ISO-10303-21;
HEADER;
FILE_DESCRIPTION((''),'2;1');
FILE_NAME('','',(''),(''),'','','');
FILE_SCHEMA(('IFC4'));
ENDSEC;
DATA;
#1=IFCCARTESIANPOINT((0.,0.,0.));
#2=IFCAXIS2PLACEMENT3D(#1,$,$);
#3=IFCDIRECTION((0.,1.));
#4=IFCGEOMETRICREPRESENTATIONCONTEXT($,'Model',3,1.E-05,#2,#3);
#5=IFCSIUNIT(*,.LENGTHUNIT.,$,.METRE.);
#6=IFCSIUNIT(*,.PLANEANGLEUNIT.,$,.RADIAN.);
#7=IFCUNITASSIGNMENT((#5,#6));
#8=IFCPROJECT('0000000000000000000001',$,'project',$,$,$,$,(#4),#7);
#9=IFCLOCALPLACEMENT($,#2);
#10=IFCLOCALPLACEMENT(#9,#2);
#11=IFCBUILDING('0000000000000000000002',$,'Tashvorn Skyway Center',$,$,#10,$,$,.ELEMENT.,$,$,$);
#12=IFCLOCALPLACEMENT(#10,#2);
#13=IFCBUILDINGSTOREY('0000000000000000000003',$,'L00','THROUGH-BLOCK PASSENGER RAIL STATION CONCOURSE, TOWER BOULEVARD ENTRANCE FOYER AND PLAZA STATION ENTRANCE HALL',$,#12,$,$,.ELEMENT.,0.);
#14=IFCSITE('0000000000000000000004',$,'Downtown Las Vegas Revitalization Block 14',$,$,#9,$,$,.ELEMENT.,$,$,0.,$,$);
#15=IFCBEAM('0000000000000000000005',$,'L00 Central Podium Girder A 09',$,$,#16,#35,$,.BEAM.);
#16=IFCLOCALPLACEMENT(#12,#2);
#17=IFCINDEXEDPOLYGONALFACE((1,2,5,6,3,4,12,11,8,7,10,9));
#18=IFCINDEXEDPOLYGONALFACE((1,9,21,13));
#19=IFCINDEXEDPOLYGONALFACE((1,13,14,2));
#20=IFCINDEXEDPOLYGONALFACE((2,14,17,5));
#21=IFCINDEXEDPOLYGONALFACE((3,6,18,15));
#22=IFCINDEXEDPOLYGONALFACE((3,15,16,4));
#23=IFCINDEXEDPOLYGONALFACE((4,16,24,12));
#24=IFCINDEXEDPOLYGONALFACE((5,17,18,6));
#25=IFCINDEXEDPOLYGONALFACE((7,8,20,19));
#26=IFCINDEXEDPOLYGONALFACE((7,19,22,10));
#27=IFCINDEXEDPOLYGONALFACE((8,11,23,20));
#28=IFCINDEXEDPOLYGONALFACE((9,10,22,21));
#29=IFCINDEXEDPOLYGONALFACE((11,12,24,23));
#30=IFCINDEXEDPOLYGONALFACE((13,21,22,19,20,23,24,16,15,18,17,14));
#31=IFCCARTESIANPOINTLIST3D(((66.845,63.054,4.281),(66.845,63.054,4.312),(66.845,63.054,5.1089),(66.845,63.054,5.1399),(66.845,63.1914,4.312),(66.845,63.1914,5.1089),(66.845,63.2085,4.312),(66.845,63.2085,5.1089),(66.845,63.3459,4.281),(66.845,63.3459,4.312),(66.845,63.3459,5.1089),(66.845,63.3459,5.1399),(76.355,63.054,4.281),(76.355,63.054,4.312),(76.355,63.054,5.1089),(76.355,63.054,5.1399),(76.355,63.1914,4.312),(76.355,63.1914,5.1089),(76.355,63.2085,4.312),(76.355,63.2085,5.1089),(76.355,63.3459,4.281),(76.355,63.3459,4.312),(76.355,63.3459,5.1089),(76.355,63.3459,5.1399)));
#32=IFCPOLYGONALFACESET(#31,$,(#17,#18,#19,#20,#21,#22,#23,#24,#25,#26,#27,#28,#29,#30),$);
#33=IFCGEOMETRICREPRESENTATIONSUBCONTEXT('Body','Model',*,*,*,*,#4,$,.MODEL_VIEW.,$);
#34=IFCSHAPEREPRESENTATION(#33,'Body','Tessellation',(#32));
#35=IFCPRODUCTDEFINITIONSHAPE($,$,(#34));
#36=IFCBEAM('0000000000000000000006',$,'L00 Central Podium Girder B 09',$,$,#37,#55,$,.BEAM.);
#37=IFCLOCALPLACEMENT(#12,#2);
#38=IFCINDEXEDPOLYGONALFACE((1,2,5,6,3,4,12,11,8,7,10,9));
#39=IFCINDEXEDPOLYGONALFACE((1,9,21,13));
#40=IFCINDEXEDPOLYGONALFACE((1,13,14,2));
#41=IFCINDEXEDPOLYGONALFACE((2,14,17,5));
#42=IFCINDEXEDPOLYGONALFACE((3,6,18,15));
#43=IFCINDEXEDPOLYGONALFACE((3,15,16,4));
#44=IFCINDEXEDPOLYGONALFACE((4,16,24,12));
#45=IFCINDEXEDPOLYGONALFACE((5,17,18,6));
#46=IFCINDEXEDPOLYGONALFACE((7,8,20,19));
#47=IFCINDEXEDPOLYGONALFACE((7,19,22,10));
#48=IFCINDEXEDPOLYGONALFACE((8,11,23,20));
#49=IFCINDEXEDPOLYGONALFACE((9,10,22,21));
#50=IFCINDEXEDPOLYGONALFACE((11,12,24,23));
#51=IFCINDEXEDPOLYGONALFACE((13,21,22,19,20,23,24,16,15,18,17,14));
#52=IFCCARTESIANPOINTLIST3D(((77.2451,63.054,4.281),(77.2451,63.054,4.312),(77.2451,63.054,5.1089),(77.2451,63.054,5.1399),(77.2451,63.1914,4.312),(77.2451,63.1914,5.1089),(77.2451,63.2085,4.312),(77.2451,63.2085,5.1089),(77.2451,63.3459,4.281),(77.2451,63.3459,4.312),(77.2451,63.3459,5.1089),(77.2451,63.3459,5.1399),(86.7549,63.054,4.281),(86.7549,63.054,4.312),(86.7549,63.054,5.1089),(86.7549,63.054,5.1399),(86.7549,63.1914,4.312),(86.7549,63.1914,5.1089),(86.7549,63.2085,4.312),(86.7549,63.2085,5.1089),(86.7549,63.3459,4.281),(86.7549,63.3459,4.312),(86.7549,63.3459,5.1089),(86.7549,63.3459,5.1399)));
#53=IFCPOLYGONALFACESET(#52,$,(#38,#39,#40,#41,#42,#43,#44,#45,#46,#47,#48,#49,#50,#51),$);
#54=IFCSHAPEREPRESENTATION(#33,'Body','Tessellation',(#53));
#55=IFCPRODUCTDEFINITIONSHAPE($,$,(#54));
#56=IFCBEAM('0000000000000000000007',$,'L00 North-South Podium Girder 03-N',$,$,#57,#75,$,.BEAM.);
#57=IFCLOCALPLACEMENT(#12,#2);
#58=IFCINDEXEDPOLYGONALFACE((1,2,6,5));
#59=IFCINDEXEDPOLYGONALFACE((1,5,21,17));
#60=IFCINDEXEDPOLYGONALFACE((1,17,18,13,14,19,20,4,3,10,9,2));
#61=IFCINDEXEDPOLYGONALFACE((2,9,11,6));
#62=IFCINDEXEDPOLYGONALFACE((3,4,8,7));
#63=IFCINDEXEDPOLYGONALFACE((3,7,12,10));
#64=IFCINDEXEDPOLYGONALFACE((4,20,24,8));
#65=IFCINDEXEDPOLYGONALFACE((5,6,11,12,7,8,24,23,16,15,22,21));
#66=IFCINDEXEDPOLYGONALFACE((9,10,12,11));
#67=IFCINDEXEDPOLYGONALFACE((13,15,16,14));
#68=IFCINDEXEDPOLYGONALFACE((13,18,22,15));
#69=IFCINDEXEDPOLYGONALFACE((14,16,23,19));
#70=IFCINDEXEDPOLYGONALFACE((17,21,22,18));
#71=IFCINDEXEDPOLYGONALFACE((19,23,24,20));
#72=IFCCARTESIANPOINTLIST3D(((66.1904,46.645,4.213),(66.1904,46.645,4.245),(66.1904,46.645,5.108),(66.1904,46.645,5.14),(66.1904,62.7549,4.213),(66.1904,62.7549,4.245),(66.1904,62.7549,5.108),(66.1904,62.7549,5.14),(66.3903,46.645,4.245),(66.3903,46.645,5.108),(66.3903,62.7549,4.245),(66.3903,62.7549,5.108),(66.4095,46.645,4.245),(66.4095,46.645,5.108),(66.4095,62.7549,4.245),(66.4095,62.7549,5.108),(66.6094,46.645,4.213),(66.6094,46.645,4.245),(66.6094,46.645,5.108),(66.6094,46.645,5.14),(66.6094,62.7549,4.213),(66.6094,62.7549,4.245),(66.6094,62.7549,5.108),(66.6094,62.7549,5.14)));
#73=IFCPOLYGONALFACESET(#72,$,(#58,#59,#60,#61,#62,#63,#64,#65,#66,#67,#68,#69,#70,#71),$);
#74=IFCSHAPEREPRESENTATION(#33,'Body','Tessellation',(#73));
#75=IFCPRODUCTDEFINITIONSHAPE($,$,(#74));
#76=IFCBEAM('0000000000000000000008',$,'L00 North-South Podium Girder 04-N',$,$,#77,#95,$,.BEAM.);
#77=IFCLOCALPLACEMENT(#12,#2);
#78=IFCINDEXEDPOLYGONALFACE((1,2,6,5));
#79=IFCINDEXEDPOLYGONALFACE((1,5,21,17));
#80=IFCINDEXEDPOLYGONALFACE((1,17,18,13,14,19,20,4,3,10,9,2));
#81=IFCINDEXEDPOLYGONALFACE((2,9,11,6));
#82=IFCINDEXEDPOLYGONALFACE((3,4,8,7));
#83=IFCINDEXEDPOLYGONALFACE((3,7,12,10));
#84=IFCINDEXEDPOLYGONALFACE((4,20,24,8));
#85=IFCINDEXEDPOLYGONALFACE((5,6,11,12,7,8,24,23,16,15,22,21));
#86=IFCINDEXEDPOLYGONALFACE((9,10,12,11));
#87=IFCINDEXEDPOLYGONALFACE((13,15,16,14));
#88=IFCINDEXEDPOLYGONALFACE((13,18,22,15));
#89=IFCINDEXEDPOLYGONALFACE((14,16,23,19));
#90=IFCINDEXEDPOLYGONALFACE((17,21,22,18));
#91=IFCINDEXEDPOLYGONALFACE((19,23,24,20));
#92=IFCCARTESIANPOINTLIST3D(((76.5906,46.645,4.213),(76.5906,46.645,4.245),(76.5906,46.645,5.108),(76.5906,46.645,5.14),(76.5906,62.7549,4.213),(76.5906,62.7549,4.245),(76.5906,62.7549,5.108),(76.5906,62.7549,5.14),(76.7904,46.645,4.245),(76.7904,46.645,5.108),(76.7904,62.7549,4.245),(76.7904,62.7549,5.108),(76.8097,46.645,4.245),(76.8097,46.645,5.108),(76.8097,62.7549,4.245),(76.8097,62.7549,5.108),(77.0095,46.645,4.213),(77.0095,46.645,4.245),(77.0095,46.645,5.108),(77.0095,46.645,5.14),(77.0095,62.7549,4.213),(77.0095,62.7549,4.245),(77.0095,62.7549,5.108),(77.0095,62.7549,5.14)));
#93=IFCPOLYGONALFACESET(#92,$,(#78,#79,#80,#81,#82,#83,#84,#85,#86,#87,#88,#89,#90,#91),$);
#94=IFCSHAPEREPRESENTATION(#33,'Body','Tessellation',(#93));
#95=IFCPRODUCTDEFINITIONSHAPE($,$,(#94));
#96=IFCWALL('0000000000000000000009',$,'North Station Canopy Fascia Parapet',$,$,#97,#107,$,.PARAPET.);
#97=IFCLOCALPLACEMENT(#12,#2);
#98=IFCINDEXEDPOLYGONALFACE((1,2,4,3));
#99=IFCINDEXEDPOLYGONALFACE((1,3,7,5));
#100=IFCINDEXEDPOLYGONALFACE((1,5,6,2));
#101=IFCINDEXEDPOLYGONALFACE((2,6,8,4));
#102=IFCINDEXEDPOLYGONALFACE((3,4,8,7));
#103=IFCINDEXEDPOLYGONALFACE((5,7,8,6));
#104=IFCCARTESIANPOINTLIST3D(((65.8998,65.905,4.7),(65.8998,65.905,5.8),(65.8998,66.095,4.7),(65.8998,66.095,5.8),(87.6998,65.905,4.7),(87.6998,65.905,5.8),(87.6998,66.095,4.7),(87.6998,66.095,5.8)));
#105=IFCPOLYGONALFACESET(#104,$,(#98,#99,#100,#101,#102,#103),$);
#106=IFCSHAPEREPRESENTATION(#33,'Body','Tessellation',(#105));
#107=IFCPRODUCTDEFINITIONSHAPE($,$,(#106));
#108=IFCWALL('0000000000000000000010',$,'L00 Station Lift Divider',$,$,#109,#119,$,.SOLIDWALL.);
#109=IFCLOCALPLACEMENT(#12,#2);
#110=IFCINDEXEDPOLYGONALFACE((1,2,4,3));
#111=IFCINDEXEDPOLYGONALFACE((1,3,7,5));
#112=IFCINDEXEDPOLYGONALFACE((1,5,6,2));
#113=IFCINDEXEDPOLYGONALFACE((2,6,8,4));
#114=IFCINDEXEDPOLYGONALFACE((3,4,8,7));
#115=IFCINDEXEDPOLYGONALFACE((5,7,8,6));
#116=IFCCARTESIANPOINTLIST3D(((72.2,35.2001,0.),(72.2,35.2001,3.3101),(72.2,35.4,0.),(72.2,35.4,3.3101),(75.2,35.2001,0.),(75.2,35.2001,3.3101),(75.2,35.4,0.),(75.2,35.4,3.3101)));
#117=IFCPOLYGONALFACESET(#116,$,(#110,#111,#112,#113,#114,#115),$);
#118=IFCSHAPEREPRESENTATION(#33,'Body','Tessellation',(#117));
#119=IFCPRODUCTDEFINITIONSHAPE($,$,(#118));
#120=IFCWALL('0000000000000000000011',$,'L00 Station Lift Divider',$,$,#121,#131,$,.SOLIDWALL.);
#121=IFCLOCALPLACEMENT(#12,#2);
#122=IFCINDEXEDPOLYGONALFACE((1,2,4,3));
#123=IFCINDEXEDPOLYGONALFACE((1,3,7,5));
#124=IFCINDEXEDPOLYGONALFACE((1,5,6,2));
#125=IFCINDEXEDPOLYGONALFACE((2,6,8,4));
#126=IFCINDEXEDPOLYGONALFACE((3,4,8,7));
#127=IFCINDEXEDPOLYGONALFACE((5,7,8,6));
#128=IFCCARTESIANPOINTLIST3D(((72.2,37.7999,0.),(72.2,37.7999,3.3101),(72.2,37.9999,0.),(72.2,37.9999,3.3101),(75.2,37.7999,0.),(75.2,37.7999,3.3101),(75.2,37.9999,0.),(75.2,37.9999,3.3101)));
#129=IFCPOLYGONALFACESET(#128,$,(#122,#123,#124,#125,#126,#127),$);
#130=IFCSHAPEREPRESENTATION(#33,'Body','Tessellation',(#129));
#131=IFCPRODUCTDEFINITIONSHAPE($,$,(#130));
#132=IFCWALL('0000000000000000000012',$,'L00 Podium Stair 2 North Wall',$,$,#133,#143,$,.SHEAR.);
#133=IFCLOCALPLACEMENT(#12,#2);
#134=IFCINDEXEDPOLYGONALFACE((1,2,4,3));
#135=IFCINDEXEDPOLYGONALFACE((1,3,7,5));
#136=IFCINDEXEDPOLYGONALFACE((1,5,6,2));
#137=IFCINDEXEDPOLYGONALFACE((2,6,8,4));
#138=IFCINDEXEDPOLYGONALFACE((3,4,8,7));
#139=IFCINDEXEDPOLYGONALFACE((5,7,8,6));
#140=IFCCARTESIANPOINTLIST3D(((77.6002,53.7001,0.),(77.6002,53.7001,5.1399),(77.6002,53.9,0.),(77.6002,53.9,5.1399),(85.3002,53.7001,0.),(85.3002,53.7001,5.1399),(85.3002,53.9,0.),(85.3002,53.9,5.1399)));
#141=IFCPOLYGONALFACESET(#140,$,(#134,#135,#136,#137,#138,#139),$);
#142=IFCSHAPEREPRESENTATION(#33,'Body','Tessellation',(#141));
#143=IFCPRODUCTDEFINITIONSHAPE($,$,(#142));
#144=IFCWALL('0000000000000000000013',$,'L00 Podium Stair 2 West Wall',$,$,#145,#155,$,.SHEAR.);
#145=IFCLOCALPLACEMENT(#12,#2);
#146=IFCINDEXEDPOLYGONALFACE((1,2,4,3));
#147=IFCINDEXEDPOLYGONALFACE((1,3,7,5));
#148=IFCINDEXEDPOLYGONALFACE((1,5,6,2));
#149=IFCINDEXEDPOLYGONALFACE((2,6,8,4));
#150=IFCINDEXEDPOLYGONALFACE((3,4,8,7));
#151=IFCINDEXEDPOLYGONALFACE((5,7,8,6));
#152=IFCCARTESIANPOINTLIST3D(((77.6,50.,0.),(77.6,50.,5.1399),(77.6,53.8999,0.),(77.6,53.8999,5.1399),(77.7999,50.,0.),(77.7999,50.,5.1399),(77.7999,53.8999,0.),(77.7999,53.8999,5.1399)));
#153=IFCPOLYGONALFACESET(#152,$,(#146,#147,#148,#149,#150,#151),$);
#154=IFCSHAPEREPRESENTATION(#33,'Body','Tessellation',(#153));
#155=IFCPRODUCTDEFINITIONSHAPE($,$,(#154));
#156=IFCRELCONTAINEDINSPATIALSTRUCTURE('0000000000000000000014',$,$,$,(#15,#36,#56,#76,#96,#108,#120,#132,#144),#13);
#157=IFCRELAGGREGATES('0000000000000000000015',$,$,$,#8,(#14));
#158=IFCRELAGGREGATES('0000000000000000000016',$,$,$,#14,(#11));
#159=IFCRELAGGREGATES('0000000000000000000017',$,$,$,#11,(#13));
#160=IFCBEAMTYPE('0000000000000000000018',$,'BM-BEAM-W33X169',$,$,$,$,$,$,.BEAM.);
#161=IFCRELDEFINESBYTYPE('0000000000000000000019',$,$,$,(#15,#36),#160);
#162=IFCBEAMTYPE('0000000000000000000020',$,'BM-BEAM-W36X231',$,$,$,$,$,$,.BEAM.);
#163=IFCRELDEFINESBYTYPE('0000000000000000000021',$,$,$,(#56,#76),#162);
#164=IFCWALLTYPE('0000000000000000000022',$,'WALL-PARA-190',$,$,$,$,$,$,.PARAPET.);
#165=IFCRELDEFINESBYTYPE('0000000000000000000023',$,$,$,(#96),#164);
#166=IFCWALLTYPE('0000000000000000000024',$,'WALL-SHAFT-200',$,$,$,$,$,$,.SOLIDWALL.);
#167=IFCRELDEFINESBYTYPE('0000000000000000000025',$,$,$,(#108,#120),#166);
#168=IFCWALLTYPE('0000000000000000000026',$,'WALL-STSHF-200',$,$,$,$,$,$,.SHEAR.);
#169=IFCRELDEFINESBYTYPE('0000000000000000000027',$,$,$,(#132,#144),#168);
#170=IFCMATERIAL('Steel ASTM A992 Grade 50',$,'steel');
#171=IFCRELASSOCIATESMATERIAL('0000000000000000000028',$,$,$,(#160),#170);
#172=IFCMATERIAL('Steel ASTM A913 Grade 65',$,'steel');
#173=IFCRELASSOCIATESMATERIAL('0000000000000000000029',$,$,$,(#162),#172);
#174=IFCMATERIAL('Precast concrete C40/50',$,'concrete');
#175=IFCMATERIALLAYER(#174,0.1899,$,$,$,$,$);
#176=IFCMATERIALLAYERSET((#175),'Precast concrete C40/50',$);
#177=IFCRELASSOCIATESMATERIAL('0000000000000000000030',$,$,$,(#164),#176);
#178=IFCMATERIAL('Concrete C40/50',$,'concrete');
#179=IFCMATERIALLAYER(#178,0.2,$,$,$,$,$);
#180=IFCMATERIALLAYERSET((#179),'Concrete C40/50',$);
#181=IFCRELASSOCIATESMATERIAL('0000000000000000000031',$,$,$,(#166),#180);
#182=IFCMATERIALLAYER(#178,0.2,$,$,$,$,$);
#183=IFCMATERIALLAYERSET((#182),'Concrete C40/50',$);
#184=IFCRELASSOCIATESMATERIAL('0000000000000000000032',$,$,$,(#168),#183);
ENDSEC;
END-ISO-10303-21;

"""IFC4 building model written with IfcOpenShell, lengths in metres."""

from ifc_helpers import new_model, si_unit, direction, frame, frame_2d, origin, origin_2d, place, context, subcontext, project, spatial, rectangle, i_section, extrude, material, layer, layer_set, material_profile, profile_set, type_object, element, save


model = new_model("IFC4")

# Units and contexts
model_context = context("Model", 3, precision=1e-05, world=origin(), true_north=direction((0.0, 1.0)))
body_context = subcontext(model_context, "Body", "Model", "MODEL_VIEW")
ifc_project = project(units=[si_unit("LENGTHUNIT", "METRE"), si_unit("PLANEANGLEUNIT", "RADIAN")], contexts=[model_context])

# Site, building, storey
site_placement = place(None, origin())
site = spatial("IfcSite", under=ifc_project, at=site_placement, Name="Downtown Las Vegas Revitalization Block 14", CompositionType="ELEMENT", RefElevation=0.0)
building_placement = place(site_placement, origin())
building = spatial("IfcBuilding", under=site, at=building_placement, Name="Tashvorn Skyway Center", CompositionType="ELEMENT")
storey_placement = place(building_placement, origin())
storey = spatial("IfcBuildingStorey", under=building, at=storey_placement, Name="L00", Description="THROUGH-BLOCK PASSENGER RAIL STATION CONCOURSE, TOWER BOULEVARD ENTRANCE FOYER AND PLAZA STATION ENTRANCE HALL", CompositionType="ELEMENT", Elevation=0.0)

# Beams
ifc_material_1 = material(Name="Steel ASTM A992 Grade 50", Category="steel")
ifc_material_profile_1 = material_profile(ifc_material_1, i_section(OverallWidth=0.292, OverallDepth=0.8589, WebThickness=0.0171, FlangeThickness=0.031, at=origin_2d()), Name="W33X169")
ifc_profile_set_1 = profile_set([ifc_material_profile_1], Name="Steel ASTM A992 Grade 50")
beam_type_1 = type_object("IfcBeamType", Name="BM-BEAM-W33X169", PredefinedType="BEAM", material=ifc_profile_set_1)
beam_1_placement = place(storey_placement, frame((66.845, 63.2, 4.7104), z_axis=(1.0, 0.0, 0.0), x_axis=(0.0, 1.0, 0.0)))
element("IfcBeam", 1, at=beam_1_placement, inside=storey, type_object=beam_type_1, Name="L00 Central Podium Girder A 09", PredefinedType="BEAM", context=body_context, shape_type="SweptSolid", body=[
    extrude(i_section(OverallWidth=0.292, OverallDepth=0.8589, WebThickness=0.0171, FlangeThickness=0.031, at=origin_2d()), origin(), (0.0, 0.0, 1.0), 9.51),
])
beam_2_placement = place(storey_placement, frame((77.2451, 63.2, 4.7104), z_axis=(1.0, 0.0, 0.0), x_axis=(0.0, 1.0, 0.0)))
element("IfcBeam", 2, at=beam_2_placement, inside=storey, type_object=beam_type_1, Name="L00 Central Podium Girder B 09", PredefinedType="BEAM", context=body_context, shape_type="SweptSolid", body=[
    extrude(i_section(OverallWidth=0.292, OverallDepth=0.8589, WebThickness=0.0171, FlangeThickness=0.031, at=origin_2d()), origin(), (0.0, 0.0, 1.0), 9.5098),
])
ifc_material_2 = material(Name="Steel ASTM A913 Grade 65", Category="steel")
ifc_material_profile_2 = material_profile(ifc_material_2, i_section(OverallWidth=0.4189, OverallDepth=0.927, WebThickness=0.0193, FlangeThickness=0.032, at=origin_2d()), Name="W36X231")
ifc_profile_set_2 = profile_set([ifc_material_profile_2], Name="Steel ASTM A913 Grade 65")
beam_type_2 = type_object("IfcBeamType", Name="BM-BEAM-W36X231", PredefinedType="BEAM", material=ifc_profile_set_2)
for number, where, z_axis, x_axis, name in (
    (3, (66.3999, 46.645, 4.6765), (0.0, 1.0, 0.0), (-1.0, 0.0, 0.0), "L00 North-South Podium Girder 03-N"),
    (4, (76.8, 46.645, 4.6765), (0.0, 1.0, 0.0), (-1.0, 0.0, 0.0), "L00 North-South Podium Girder 04-N"),
):
    element("IfcBeam", number, at=place(storey_placement, frame(where, z_axis=z_axis, x_axis=x_axis)), inside=storey, type_object=beam_type_2, Name=name, PredefinedType="BEAM", context=body_context, shape_type="SweptSolid", body=[
        extrude(i_section(OverallWidth=0.4189, OverallDepth=0.927, WebThickness=0.0193, FlangeThickness=0.032, at=origin_2d()), origin(), (0.0, 0.0, 1.0), 16.1099),
    ])

# Walls
ifc_material_3 = material(Name="Precast concrete C40/50", Category="concrete")
ifc_layer_1 = layer(ifc_material_3, 0.1899)
ifc_layer_set_1 = layer_set([ifc_layer_1], Name="Precast concrete C40/50")
wall_type_1 = type_object("IfcWallType", Name="WALL-PARA-190", PredefinedType="PARAPET", material=ifc_layer_set_1)
wall_1_placement = place(storey_placement, frame((65.8999, 66.0, 4.7), z_axis=(0.0, 0.0, 1.0), x_axis=(1.0, 0.0, 0.0)))
element("IfcWall", 5, at=wall_1_placement, inside=storey, type_object=wall_type_1, Name="North Station Canopy Fascia Parapet", PredefinedType="PARAPET", context=body_context, shape_type="SweptSolid", body=[
    extrude(rectangle(XDim=21.8, YDim=0.1899, at=frame_2d((10.8999, 0.0))), origin(), (0.0, 0.0, 1.0), 1.1001),
])
ifc_material_4 = material(Name="Concrete C40/50", Category="concrete")
ifc_layer_2 = layer(ifc_material_4, 0.2)
ifc_layer_set_2 = layer_set([ifc_layer_2], Name="Concrete C40/50")
wall_type_2 = type_object("IfcWallType", Name="WALL-SHAFT-200", PredefinedType="SOLIDWALL", material=ifc_layer_set_2)
for number, where, z_axis, x_axis, name in (
    (6, (72.2, 35.3, 0.0), (0.0, 0.0, 1.0), (1.0, 0.0, 0.0), "L00 Station Lift Divider"),
    (7, (72.2, 37.8999, 0.0), (0.0, 0.0, 1.0), (1.0, 0.0, 0.0), "L00 Station Lift Divider"),
):
    element("IfcWall", number, at=place(storey_placement, frame(where, z_axis=z_axis, x_axis=x_axis)), inside=storey, type_object=wall_type_2, Name=name, PredefinedType="SOLIDWALL", context=body_context, shape_type="SweptSolid", body=[
        extrude(rectangle(XDim=3.0, YDim=0.2, at=frame_2d((1.5, 0.0))), origin(), (0.0, 0.0, 1.0), 3.3101),
    ])
ifc_layer_3 = layer(ifc_material_4, 0.2)
ifc_layer_set_3 = layer_set([ifc_layer_3], Name="Concrete C40/50")
wall_type_3 = type_object("IfcWallType", Name="WALL-STSHF-200", PredefinedType="SHEAR", material=ifc_layer_set_3)
wall_2_placement = place(storey_placement, frame((77.6001, 53.8, 0.0), z_axis=(0.0, 0.0, 1.0), x_axis=(1.0, 0.0, 0.0)))
element("IfcWall", 8, at=wall_2_placement, inside=storey, type_object=wall_type_3, Name="L00 Podium Stair 2 North Wall", PredefinedType="SHEAR", context=body_context, shape_type="SweptSolid", body=[
    extrude(rectangle(XDim=7.7, YDim=0.2, at=frame_2d((3.8501, 0.0))), origin(), (0.0, 0.0, 1.0), 5.1399),
])
wall_3_placement = place(storey_placement, frame((77.7, 50.0, 0.0), z_axis=(0.0, 0.0, 1.0), x_axis=(0.0, 1.0, 0.0)))
element("IfcWall", 9, at=wall_3_placement, inside=storey, type_object=wall_type_3, Name="L00 Podium Stair 2 West Wall", PredefinedType="SHEAR", context=body_context, shape_type="SweptSolid", body=[
    extrude(rectangle(XDim=3.8999, YDim=0.2, at=frame_2d((1.95, 0.0))), origin(), (0.0, 0.0, 1.0), 5.1399),
])

save(model, "model.ifc")
